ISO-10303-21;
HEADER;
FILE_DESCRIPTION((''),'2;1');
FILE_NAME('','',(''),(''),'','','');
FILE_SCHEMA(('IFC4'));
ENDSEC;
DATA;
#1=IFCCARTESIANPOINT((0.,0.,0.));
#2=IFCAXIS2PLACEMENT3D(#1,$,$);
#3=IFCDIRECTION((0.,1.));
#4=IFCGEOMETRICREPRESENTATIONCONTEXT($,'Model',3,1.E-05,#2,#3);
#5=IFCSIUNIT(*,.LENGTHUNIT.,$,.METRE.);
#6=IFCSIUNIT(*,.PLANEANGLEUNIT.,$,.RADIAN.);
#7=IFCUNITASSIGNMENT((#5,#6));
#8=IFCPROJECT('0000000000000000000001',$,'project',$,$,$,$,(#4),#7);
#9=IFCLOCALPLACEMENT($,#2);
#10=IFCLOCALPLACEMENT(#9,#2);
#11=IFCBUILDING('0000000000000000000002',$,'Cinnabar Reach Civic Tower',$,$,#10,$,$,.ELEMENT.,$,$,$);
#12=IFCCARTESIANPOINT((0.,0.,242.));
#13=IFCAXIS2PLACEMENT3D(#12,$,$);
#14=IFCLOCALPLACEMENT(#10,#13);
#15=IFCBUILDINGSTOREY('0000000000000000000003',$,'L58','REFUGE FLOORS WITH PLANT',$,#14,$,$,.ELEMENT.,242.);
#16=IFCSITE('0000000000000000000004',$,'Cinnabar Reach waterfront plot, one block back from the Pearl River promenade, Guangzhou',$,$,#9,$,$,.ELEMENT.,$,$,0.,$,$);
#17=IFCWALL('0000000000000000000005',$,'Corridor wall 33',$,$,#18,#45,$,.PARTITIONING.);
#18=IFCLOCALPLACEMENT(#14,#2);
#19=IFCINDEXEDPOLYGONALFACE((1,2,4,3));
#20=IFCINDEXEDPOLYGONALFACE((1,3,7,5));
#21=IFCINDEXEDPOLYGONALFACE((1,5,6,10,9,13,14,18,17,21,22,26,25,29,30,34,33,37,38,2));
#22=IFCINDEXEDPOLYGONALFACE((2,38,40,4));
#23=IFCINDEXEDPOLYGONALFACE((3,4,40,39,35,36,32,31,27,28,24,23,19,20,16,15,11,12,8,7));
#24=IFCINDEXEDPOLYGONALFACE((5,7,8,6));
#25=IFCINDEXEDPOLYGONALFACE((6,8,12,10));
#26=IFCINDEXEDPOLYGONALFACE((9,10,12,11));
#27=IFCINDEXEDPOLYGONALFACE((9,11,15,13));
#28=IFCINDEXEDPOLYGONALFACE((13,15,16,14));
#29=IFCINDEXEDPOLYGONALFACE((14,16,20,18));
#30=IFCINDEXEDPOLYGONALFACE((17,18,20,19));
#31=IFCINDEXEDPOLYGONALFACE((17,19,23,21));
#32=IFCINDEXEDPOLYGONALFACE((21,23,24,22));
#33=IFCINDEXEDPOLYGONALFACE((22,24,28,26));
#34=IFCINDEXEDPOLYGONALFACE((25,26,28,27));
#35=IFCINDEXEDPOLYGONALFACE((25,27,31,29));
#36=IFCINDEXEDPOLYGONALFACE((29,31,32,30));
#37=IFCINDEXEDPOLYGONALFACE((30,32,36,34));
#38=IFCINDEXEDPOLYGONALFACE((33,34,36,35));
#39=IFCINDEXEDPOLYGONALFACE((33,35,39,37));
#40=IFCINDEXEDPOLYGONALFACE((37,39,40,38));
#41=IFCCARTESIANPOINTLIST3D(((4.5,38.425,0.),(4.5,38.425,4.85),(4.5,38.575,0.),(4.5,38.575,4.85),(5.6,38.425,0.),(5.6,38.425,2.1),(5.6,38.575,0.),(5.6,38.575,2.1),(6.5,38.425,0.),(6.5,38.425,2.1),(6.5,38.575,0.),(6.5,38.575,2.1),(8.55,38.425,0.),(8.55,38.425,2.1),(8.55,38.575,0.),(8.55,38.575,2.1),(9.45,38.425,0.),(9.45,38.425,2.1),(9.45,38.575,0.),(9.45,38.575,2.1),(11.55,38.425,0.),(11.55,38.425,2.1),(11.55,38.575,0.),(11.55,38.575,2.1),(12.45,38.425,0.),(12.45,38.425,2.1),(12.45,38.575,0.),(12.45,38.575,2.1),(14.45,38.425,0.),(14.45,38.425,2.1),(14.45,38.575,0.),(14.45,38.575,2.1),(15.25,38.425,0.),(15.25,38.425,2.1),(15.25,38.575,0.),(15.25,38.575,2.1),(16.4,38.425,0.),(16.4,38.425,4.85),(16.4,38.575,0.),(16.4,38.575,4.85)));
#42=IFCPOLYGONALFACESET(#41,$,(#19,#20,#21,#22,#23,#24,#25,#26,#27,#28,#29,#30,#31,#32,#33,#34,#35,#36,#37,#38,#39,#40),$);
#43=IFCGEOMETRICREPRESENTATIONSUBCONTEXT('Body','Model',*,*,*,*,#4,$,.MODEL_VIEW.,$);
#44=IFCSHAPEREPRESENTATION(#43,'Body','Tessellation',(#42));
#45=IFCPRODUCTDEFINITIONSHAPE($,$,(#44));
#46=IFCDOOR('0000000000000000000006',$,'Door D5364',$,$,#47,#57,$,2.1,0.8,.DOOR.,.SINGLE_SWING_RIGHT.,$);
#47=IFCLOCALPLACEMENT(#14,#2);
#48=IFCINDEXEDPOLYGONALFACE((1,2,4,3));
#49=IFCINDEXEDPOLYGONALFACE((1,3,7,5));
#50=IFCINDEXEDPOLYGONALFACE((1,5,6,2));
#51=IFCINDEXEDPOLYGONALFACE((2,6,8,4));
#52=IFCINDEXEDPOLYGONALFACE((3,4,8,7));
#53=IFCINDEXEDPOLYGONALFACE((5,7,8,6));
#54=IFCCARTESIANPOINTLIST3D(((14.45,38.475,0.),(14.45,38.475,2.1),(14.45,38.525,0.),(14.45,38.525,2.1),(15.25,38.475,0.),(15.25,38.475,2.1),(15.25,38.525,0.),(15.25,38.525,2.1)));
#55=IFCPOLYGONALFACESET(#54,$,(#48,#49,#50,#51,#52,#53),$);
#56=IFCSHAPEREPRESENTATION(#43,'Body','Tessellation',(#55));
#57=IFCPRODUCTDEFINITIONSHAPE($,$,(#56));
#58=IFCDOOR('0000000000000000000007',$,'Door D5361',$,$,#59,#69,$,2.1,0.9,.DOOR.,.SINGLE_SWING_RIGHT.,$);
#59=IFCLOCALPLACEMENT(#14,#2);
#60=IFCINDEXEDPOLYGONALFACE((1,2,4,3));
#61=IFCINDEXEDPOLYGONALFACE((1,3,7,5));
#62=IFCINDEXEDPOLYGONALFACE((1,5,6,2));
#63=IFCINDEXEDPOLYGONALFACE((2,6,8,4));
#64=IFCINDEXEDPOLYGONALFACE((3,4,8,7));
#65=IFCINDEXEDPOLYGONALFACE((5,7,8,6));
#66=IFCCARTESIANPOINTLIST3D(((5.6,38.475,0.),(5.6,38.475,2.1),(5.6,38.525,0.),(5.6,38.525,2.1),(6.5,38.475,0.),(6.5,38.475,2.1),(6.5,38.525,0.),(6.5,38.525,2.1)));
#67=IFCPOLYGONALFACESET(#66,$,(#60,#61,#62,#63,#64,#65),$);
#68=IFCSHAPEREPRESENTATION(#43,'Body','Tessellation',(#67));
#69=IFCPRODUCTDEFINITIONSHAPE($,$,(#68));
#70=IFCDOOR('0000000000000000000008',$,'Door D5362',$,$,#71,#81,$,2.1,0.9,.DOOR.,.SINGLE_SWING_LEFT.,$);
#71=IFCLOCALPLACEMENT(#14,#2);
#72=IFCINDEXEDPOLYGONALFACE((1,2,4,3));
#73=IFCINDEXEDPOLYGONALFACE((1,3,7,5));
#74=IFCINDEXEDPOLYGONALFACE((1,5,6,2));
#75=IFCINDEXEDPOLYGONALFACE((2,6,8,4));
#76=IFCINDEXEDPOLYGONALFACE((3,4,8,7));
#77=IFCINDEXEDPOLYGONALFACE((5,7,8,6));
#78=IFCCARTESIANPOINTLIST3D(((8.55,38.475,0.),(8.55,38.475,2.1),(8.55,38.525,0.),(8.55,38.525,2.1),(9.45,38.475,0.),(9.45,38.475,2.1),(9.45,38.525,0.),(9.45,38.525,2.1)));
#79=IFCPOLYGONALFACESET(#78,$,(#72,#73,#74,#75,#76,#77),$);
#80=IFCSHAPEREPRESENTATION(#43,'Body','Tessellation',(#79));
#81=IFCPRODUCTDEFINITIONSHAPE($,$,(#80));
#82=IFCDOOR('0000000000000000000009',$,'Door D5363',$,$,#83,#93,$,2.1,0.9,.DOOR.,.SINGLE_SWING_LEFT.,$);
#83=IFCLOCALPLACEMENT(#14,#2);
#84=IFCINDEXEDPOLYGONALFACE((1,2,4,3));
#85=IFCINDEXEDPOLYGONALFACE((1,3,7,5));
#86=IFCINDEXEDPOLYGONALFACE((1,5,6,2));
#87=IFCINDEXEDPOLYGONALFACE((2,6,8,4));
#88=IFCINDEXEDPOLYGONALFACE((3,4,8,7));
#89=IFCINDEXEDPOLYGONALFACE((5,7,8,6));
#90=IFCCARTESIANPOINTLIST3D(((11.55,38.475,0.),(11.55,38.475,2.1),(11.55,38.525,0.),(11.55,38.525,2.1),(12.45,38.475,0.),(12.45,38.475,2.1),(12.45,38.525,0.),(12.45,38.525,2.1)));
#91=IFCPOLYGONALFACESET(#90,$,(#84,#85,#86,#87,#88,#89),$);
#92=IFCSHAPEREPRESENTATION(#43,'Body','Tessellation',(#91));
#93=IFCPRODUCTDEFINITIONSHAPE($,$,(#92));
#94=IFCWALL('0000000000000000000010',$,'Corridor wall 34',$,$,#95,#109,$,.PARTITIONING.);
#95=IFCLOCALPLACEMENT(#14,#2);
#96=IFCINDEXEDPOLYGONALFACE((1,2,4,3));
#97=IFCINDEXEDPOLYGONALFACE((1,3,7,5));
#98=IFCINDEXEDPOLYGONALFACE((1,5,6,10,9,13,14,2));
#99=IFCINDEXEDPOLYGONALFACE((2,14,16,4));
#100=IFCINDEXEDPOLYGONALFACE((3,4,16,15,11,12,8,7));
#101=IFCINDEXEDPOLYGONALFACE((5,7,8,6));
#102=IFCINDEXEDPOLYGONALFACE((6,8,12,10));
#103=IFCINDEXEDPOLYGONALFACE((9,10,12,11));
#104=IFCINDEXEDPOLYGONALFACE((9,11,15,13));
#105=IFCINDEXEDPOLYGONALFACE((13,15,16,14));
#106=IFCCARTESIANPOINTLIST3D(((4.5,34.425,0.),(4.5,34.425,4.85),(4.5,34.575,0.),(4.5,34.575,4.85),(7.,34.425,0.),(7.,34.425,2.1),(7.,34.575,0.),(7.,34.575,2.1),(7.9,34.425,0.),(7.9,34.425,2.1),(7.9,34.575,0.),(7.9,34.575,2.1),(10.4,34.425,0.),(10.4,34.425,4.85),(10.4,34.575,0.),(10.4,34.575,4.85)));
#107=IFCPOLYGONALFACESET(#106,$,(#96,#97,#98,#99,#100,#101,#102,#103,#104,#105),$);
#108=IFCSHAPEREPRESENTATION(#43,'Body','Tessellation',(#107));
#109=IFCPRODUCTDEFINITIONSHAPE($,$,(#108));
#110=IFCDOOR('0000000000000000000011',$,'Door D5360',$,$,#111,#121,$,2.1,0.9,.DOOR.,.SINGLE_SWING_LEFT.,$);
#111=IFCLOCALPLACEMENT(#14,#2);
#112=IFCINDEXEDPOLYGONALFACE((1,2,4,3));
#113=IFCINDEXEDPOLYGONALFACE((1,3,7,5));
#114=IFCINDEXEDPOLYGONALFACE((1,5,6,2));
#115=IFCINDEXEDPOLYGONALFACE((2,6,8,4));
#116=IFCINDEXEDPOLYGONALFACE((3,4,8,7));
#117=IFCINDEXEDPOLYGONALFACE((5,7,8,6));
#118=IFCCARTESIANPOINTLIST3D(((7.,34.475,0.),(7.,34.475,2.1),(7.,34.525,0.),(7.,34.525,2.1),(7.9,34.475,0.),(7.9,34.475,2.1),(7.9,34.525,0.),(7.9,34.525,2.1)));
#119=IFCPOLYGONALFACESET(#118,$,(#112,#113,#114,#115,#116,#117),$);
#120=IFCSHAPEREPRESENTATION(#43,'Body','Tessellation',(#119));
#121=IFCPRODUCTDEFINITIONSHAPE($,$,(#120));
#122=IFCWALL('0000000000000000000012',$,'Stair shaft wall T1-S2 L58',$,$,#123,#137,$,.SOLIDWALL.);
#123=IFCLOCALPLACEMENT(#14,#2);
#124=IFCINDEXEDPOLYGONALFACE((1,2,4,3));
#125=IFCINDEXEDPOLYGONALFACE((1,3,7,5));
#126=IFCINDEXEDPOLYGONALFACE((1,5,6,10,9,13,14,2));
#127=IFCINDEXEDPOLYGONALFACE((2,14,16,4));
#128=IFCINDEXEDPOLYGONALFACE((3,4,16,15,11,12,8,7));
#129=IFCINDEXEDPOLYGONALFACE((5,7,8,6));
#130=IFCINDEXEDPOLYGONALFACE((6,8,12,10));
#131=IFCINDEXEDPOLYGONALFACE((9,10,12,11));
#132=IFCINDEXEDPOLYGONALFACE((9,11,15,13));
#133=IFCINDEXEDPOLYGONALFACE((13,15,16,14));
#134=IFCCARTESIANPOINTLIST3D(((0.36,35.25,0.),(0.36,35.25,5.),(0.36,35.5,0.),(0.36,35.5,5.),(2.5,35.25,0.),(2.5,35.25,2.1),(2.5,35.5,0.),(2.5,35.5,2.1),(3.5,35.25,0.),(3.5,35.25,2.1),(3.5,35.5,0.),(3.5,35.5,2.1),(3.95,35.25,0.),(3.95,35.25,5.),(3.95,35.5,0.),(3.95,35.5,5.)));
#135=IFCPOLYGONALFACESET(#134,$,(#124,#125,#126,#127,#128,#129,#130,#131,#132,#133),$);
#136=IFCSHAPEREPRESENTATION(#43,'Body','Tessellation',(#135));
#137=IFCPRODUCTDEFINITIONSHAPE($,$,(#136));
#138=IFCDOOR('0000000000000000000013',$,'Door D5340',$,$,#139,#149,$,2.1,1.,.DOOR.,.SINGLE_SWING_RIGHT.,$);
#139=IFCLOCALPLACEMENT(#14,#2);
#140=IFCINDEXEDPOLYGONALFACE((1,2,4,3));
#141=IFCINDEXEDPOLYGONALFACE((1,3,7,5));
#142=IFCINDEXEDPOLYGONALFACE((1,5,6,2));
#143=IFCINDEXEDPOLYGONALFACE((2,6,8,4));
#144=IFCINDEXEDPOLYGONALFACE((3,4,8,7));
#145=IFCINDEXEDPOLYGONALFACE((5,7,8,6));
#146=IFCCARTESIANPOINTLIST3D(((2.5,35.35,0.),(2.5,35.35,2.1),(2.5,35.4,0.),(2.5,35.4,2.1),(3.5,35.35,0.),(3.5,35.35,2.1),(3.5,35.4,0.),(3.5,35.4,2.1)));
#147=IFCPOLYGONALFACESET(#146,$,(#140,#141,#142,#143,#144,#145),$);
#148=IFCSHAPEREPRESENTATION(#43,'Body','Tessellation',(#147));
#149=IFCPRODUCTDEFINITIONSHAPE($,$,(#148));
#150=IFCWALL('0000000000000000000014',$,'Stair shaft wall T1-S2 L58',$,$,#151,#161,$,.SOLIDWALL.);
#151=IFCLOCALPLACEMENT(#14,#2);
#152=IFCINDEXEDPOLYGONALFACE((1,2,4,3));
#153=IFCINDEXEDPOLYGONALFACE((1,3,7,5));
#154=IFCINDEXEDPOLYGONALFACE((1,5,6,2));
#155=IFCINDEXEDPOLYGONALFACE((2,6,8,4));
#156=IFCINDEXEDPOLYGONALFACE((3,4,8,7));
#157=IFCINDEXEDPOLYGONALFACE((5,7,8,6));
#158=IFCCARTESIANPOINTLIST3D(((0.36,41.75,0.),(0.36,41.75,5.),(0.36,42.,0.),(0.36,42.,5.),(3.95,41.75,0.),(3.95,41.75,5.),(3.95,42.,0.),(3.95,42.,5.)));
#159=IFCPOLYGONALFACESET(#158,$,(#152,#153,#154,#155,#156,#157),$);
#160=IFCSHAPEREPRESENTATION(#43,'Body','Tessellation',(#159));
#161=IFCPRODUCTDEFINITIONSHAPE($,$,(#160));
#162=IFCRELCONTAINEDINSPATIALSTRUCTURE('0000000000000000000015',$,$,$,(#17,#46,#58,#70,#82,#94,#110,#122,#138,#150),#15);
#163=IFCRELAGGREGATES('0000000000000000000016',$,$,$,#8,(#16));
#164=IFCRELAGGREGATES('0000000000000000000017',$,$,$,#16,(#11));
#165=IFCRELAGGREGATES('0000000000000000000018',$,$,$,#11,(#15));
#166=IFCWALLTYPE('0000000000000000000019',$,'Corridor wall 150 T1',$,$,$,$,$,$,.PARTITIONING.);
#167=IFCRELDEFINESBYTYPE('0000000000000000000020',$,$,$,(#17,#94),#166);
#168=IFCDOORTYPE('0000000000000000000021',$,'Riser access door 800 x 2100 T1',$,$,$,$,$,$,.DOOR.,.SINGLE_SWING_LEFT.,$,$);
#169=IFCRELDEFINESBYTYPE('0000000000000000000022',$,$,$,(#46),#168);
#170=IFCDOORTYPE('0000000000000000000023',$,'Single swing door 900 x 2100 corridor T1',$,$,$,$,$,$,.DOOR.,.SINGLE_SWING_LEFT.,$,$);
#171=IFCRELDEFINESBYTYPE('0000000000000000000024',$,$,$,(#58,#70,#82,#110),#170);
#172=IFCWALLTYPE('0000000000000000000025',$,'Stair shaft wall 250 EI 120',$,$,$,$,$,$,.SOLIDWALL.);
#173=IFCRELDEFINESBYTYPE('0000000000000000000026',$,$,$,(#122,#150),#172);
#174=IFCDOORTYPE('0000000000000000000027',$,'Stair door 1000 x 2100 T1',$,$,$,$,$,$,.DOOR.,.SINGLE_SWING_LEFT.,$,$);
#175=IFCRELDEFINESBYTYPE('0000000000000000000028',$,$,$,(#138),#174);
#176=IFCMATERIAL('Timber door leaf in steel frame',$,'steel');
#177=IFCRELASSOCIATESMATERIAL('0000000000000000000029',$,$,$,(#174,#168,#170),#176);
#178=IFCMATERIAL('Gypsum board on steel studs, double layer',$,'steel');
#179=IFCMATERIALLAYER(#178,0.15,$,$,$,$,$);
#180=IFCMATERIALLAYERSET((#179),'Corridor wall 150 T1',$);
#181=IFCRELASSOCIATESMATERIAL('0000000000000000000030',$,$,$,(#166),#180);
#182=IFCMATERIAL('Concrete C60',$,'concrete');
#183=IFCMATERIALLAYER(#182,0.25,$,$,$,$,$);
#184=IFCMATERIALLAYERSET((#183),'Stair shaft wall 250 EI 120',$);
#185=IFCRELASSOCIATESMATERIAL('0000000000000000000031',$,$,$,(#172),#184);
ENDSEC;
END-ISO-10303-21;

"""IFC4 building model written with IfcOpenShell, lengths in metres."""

from ifc_helpers import new_model, si_unit, direction, frame, frame_2d, origin, place, context, subcontext, project, spatial, rectangle, extrude, material, layer, layer_set, type_object, element, fill, save


model = new_model("IFC4")

# Units and contexts
model_context = context("Model", 3, precision=1e-05, world=origin(), true_north=direction((0.0, 1.0)))
body_context = subcontext(model_context, "Body", "Model", "MODEL_VIEW")
ifc_project = project(units=[si_unit("LENGTHUNIT", "METRE"), si_unit("PLANEANGLEUNIT", "RADIAN")], contexts=[model_context])

# Site, building, storey
site_placement = place(None, origin())
site = spatial("IfcSite", under=ifc_project, at=site_placement, Name="Cinnabar Reach waterfront plot, one block back from the Pearl River promenade, Guangzhou", CompositionType="ELEMENT", RefElevation=0.0)
building_placement = place(site_placement, origin())
building = spatial("IfcBuilding", under=site, at=building_placement, Name="Cinnabar Reach Civic Tower", CompositionType="ELEMENT")
storey_placement = place(building_placement, frame((0.0, 0.0, 242.0)))
storey = spatial("IfcBuildingStorey", under=building, at=storey_placement, Name="L58", Description="REFUGE FLOORS WITH PLANT", CompositionType="ELEMENT", Elevation=242.0)

# Shared definitions
ifc_material_1 = material(Name="Concrete C60", Category="concrete")
ifc_material_2 = material(Name="Timber door leaf in steel frame", Category="steel")
door_type_1 = type_object("IfcDoorType", Name="Stair door 1000 x 2100 T1", OperationType="SINGLE_SWING_LEFT", PredefinedType="DOOR", material=ifc_material_2)

# Wall, openings, doors
ifc_material_3 = material(Name="Gypsum board on steel studs, double layer", Category="steel")
ifc_layer_1 = layer(ifc_material_3, 0.15)
ifc_layer_set_1 = layer_set([ifc_layer_1], Name="Corridor wall 150 T1")
wall_type_1 = type_object("IfcWallType", Name="Corridor wall 150 T1", PredefinedType="PARTITIONING", material=ifc_layer_set_1)
wall_1_placement = place(storey_placement, frame((4.5, 38.5, 0.0), z_axis=(0.0, 0.0, 1.0), x_axis=(1.0, 0.0, 0.0)))
wall_1 = element("IfcWall", 1, at=wall_1_placement, inside=storey, type_object=wall_type_1, Name="Corridor wall 33", PredefinedType="PARTITIONING", context=body_context, shape_type="SweptSolid", body=[
    extrude(rectangle(XDim=11.9, YDim=0.15, at=frame_2d((5.95, 0.0))), origin(), (0.0, 0.0, 1.0), 4.85),
])
opening_1_placement = place(wall_1_placement, frame((1.1, 0.0, 0.0)))
opening_1 = element("IfcOpeningElement", 2, at=opening_1_placement, cuts=wall_1, PredefinedType="OPENING", context=body_context, shape_type="SweptSolid", body=[
    extrude(rectangle(XDim=0.9, YDim=2.1, at=frame_2d((0.45, 1.05))), frame((0.0, 0.085, 0.0), z_axis=(0.0, -1.0, 0.0), x_axis=(1.0, 0.0, 0.0)), (0.0, 0.0, 1.0), 0.17),
])
opening_2_placement = place(wall_1_placement, frame((4.05, 0.0, 0.0)))
opening_2 = element("IfcOpeningElement", 3, at=opening_2_placement, cuts=wall_1, PredefinedType="OPENING", context=body_context, shape_type="SweptSolid", body=[
    extrude(rectangle(XDim=0.9, YDim=2.1, at=frame_2d((0.45, 1.05))), frame((0.0, 0.085, 0.0), z_axis=(0.0, -1.0, 0.0), x_axis=(1.0, 0.0, 0.0)), (0.0, 0.0, 1.0), 0.17),
])
opening_3_placement = place(wall_1_placement, frame((7.05, 0.0, 0.0)))
opening_3 = element("IfcOpeningElement", 4, at=opening_3_placement, cuts=wall_1, PredefinedType="OPENING", context=body_context, shape_type="SweptSolid", body=[
    extrude(rectangle(XDim=0.9, YDim=2.1, at=frame_2d((0.45, 1.05))), frame((0.0, 0.085, 0.0), z_axis=(0.0, -1.0, 0.0), x_axis=(1.0, 0.0, 0.0)), (0.0, 0.0, 1.0), 0.17),
])
opening_4_placement = place(wall_1_placement, frame((9.95, 0.0, 0.0)))
opening_4 = element("IfcOpeningElement", 5, at=opening_4_placement, cuts=wall_1, PredefinedType="OPENING", context=body_context, shape_type="SweptSolid", body=[
    extrude(rectangle(XDim=0.8, YDim=2.1, at=frame_2d((0.4, 1.05))), frame((0.0, 0.085, 0.0), z_axis=(0.0, -1.0, 0.0), x_axis=(1.0, 0.0, 0.0)), (0.0, 0.0, 1.0), 0.17),
])
door_type_2 = type_object("IfcDoorType", Name="Riser access door 800 x 2100 T1", OperationType="SINGLE_SWING_LEFT", PredefinedType="DOOR", material=ifc_material_2)
door_1_placement = place(opening_4_placement, origin())
door_1 = element("IfcDoor", 6, at=door_1_placement, inside=storey, type_object=door_type_2, Name="Door D5364", OperationType="SINGLE_SWING_RIGHT", OverallHeight=2.1, OverallWidth=0.8, PredefinedType="DOOR", context=body_context, shape_type="SweptSolid", body=[
    extrude(rectangle(XDim=0.8, YDim=2.1, at=frame_2d((0.4, 1.05))), frame((0.0, 0.025, 0.0), z_axis=(0.0, -1.0, 0.0), x_axis=(1.0, 0.0, 0.0)), (0.0, 0.0, 1.0), 0.05),
])
fill(opening_4, door_1)
door_type_3 = type_object("IfcDoorType", Name="Single swing door 900 x 2100 corridor T1", OperationType="SINGLE_SWING_LEFT", PredefinedType="DOOR", material=ifc_material_2)
door_2_placement = place(opening_1_placement, origin())
door_2 = element("IfcDoor", 7, at=door_2_placement, inside=storey, type_object=door_type_3, Name="Door D5361", OperationType="SINGLE_SWING_RIGHT", OverallHeight=2.1, OverallWidth=0.9, PredefinedType="DOOR", context=body_context, shape_type="SweptSolid", body=[
    extrude(rectangle(XDim=0.9, YDim=2.1, at=frame_2d((0.45, 1.05))), frame((0.0, 0.025, 0.0), z_axis=(0.0, -1.0, 0.0), x_axis=(1.0, 0.0, 0.0)), (0.0, 0.0, 1.0), 0.05),
])
fill(opening_1, door_2)
door_3_placement = place(opening_2_placement, origin())
door_3 = element("IfcDoor", 8, at=door_3_placement, inside=storey, type_object=door_type_3, Name="Door D5362", OperationType="SINGLE_SWING_LEFT", OverallHeight=2.1, OverallWidth=0.9, PredefinedType="DOOR", context=body_context, shape_type="SweptSolid", body=[
    extrude(rectangle(XDim=0.9, YDim=2.1, at=frame_2d((0.45, 1.05))), frame((0.0, 0.025, 0.0), z_axis=(0.0, -1.0, 0.0), x_axis=(1.0, 0.0, 0.0)), (0.0, 0.0, 1.0), 0.05),
])
fill(opening_2, door_3)
door_4_placement = place(opening_3_placement, origin())
door_4 = element("IfcDoor", 9, at=door_4_placement, inside=storey, type_object=door_type_3, Name="Door D5363", OperationType="SINGLE_SWING_LEFT", OverallHeight=2.1, OverallWidth=0.9, PredefinedType="DOOR", context=body_context, shape_type="SweptSolid", body=[
    extrude(rectangle(XDim=0.9, YDim=2.1, at=frame_2d((0.45, 1.05))), frame((0.0, 0.025, 0.0), z_axis=(0.0, -1.0, 0.0), x_axis=(1.0, 0.0, 0.0)), (0.0, 0.0, 1.0), 0.05),
])
fill(opening_3, door_4)

# Walls, openings, doors
wall_2_placement = place(storey_placement, frame((4.5, 34.5, 0.0), z_axis=(0.0, 0.0, 1.0), x_axis=(1.0, 0.0, 0.0)))
wall_2 = element("IfcWall", 10, at=wall_2_placement, inside=storey, type_object=wall_type_1, Name="Corridor wall 34", PredefinedType="PARTITIONING", context=body_context, shape_type="SweptSolid", body=[
    extrude(rectangle(XDim=5.9, YDim=0.15, at=frame_2d((2.95, 0.0))), origin(), (0.0, 0.0, 1.0), 4.85),
])
opening_5_placement = place(wall_2_placement, frame((2.5, 0.0, 0.0)))
opening_5 = element("IfcOpeningElement", 11, at=opening_5_placement, cuts=wall_2, PredefinedType="OPENING", context=body_context, shape_type="SweptSolid", body=[
    extrude(rectangle(XDim=0.9, YDim=2.1, at=frame_2d((0.45, 1.05))), frame((0.0, 0.085, 0.0), z_axis=(0.0, -1.0, 0.0), x_axis=(1.0, 0.0, 0.0)), (0.0, 0.0, 1.0), 0.17),
])
door_5_placement = place(opening_5_placement, frame((0.9, 0.0, 0.0), z_axis=(0.0, 0.0, 1.0), x_axis=(-1.0, 0.0, 0.0)))
door_5 = element("IfcDoor", 12, at=door_5_placement, inside=storey, type_object=door_type_3, Name="Door D5360", OperationType="SINGLE_SWING_LEFT", OverallHeight=2.1, OverallWidth=0.9, PredefinedType="DOOR", context=body_context, shape_type="SweptSolid", body=[
    extrude(rectangle(XDim=0.9, YDim=2.1, at=frame_2d((0.45, 1.05))), frame((0.0, 0.025, 0.0), z_axis=(0.0, -1.0, 0.0), x_axis=(1.0, 0.0, 0.0)), (0.0, 0.0, 1.0), 0.05),
])
fill(opening_5, door_5)
ifc_layer_2 = layer(ifc_material_1, 0.25)
ifc_layer_set_2 = layer_set([ifc_layer_2], Name="Stair shaft wall 250 EI 120")
wall_type_2 = type_object("IfcWallType", Name="Stair shaft wall 250 EI 120", PredefinedType="SOLIDWALL", material=ifc_layer_set_2)
wall_3_placement = place(storey_placement, frame((0.36, 35.375, 0.0), z_axis=(0.0, 0.0, 1.0), x_axis=(1.0, 0.0, 0.0)))
wall_3 = element("IfcWall", 13, at=wall_3_placement, inside=storey, type_object=wall_type_2, Name="Stair shaft wall T1-S2 L58", PredefinedType="SOLIDWALL", context=body_context, shape_type="SweptSolid", body=[
    extrude(rectangle(XDim=3.59, YDim=0.25, at=frame_2d((1.795, 0.0))), origin(), (0.0, 0.0, 1.0), 5.0),
])
opening_6_placement = place(wall_3_placement, frame((2.14, 0.0, 0.0)))
opening_6 = element("IfcOpeningElement", 14, at=opening_6_placement, cuts=wall_3, PredefinedType="OPENING", context=body_context, shape_type="SweptSolid", body=[
    extrude(rectangle(XDim=1.0, YDim=2.1, at=frame_2d((0.5, 1.05))), frame((0.0, 0.135, 0.0), z_axis=(0.0, -1.0, 0.0), x_axis=(1.0, 0.0, 0.0)), (0.0, 0.0, 1.0), 0.27),
])
door_6_placement = place(opening_6_placement, origin())
door_6 = element("IfcDoor", 15, at=door_6_placement, inside=storey, type_object=door_type_1, Name="Door D5340", OperationType="SINGLE_SWING_RIGHT", OverallHeight=2.1, OverallWidth=1.0, PredefinedType="DOOR", context=body_context, shape_type="SweptSolid", body=[
    extrude(rectangle(XDim=1.0, YDim=2.1, at=frame_2d((0.5, 1.05))), frame((0.0, 0.025, 0.0), z_axis=(0.0, -1.0, 0.0), x_axis=(1.0, 0.0, 0.0)), (0.0, 0.0, 1.0), 0.05),
])
fill(opening_6, door_6)

# Wall
wall_4_placement = place(storey_placement, frame((3.95, 41.875, 0.0), z_axis=(0.0, 0.0, 1.0), x_axis=(-1.0, 0.0, 0.0)))
element("IfcWall", 16, at=wall_4_placement, inside=storey, type_object=wall_type_2, Name="Stair shaft wall T1-S2 L58", PredefinedType="SOLIDWALL", context=body_context, shape_type="SweptSolid", body=[
    extrude(rectangle(XDim=3.59, YDim=0.25, at=frame_2d((1.795, 0.0))), origin(), (0.0, 0.0, 1.0), 5.0),
])

save(model, "model.ifc")
